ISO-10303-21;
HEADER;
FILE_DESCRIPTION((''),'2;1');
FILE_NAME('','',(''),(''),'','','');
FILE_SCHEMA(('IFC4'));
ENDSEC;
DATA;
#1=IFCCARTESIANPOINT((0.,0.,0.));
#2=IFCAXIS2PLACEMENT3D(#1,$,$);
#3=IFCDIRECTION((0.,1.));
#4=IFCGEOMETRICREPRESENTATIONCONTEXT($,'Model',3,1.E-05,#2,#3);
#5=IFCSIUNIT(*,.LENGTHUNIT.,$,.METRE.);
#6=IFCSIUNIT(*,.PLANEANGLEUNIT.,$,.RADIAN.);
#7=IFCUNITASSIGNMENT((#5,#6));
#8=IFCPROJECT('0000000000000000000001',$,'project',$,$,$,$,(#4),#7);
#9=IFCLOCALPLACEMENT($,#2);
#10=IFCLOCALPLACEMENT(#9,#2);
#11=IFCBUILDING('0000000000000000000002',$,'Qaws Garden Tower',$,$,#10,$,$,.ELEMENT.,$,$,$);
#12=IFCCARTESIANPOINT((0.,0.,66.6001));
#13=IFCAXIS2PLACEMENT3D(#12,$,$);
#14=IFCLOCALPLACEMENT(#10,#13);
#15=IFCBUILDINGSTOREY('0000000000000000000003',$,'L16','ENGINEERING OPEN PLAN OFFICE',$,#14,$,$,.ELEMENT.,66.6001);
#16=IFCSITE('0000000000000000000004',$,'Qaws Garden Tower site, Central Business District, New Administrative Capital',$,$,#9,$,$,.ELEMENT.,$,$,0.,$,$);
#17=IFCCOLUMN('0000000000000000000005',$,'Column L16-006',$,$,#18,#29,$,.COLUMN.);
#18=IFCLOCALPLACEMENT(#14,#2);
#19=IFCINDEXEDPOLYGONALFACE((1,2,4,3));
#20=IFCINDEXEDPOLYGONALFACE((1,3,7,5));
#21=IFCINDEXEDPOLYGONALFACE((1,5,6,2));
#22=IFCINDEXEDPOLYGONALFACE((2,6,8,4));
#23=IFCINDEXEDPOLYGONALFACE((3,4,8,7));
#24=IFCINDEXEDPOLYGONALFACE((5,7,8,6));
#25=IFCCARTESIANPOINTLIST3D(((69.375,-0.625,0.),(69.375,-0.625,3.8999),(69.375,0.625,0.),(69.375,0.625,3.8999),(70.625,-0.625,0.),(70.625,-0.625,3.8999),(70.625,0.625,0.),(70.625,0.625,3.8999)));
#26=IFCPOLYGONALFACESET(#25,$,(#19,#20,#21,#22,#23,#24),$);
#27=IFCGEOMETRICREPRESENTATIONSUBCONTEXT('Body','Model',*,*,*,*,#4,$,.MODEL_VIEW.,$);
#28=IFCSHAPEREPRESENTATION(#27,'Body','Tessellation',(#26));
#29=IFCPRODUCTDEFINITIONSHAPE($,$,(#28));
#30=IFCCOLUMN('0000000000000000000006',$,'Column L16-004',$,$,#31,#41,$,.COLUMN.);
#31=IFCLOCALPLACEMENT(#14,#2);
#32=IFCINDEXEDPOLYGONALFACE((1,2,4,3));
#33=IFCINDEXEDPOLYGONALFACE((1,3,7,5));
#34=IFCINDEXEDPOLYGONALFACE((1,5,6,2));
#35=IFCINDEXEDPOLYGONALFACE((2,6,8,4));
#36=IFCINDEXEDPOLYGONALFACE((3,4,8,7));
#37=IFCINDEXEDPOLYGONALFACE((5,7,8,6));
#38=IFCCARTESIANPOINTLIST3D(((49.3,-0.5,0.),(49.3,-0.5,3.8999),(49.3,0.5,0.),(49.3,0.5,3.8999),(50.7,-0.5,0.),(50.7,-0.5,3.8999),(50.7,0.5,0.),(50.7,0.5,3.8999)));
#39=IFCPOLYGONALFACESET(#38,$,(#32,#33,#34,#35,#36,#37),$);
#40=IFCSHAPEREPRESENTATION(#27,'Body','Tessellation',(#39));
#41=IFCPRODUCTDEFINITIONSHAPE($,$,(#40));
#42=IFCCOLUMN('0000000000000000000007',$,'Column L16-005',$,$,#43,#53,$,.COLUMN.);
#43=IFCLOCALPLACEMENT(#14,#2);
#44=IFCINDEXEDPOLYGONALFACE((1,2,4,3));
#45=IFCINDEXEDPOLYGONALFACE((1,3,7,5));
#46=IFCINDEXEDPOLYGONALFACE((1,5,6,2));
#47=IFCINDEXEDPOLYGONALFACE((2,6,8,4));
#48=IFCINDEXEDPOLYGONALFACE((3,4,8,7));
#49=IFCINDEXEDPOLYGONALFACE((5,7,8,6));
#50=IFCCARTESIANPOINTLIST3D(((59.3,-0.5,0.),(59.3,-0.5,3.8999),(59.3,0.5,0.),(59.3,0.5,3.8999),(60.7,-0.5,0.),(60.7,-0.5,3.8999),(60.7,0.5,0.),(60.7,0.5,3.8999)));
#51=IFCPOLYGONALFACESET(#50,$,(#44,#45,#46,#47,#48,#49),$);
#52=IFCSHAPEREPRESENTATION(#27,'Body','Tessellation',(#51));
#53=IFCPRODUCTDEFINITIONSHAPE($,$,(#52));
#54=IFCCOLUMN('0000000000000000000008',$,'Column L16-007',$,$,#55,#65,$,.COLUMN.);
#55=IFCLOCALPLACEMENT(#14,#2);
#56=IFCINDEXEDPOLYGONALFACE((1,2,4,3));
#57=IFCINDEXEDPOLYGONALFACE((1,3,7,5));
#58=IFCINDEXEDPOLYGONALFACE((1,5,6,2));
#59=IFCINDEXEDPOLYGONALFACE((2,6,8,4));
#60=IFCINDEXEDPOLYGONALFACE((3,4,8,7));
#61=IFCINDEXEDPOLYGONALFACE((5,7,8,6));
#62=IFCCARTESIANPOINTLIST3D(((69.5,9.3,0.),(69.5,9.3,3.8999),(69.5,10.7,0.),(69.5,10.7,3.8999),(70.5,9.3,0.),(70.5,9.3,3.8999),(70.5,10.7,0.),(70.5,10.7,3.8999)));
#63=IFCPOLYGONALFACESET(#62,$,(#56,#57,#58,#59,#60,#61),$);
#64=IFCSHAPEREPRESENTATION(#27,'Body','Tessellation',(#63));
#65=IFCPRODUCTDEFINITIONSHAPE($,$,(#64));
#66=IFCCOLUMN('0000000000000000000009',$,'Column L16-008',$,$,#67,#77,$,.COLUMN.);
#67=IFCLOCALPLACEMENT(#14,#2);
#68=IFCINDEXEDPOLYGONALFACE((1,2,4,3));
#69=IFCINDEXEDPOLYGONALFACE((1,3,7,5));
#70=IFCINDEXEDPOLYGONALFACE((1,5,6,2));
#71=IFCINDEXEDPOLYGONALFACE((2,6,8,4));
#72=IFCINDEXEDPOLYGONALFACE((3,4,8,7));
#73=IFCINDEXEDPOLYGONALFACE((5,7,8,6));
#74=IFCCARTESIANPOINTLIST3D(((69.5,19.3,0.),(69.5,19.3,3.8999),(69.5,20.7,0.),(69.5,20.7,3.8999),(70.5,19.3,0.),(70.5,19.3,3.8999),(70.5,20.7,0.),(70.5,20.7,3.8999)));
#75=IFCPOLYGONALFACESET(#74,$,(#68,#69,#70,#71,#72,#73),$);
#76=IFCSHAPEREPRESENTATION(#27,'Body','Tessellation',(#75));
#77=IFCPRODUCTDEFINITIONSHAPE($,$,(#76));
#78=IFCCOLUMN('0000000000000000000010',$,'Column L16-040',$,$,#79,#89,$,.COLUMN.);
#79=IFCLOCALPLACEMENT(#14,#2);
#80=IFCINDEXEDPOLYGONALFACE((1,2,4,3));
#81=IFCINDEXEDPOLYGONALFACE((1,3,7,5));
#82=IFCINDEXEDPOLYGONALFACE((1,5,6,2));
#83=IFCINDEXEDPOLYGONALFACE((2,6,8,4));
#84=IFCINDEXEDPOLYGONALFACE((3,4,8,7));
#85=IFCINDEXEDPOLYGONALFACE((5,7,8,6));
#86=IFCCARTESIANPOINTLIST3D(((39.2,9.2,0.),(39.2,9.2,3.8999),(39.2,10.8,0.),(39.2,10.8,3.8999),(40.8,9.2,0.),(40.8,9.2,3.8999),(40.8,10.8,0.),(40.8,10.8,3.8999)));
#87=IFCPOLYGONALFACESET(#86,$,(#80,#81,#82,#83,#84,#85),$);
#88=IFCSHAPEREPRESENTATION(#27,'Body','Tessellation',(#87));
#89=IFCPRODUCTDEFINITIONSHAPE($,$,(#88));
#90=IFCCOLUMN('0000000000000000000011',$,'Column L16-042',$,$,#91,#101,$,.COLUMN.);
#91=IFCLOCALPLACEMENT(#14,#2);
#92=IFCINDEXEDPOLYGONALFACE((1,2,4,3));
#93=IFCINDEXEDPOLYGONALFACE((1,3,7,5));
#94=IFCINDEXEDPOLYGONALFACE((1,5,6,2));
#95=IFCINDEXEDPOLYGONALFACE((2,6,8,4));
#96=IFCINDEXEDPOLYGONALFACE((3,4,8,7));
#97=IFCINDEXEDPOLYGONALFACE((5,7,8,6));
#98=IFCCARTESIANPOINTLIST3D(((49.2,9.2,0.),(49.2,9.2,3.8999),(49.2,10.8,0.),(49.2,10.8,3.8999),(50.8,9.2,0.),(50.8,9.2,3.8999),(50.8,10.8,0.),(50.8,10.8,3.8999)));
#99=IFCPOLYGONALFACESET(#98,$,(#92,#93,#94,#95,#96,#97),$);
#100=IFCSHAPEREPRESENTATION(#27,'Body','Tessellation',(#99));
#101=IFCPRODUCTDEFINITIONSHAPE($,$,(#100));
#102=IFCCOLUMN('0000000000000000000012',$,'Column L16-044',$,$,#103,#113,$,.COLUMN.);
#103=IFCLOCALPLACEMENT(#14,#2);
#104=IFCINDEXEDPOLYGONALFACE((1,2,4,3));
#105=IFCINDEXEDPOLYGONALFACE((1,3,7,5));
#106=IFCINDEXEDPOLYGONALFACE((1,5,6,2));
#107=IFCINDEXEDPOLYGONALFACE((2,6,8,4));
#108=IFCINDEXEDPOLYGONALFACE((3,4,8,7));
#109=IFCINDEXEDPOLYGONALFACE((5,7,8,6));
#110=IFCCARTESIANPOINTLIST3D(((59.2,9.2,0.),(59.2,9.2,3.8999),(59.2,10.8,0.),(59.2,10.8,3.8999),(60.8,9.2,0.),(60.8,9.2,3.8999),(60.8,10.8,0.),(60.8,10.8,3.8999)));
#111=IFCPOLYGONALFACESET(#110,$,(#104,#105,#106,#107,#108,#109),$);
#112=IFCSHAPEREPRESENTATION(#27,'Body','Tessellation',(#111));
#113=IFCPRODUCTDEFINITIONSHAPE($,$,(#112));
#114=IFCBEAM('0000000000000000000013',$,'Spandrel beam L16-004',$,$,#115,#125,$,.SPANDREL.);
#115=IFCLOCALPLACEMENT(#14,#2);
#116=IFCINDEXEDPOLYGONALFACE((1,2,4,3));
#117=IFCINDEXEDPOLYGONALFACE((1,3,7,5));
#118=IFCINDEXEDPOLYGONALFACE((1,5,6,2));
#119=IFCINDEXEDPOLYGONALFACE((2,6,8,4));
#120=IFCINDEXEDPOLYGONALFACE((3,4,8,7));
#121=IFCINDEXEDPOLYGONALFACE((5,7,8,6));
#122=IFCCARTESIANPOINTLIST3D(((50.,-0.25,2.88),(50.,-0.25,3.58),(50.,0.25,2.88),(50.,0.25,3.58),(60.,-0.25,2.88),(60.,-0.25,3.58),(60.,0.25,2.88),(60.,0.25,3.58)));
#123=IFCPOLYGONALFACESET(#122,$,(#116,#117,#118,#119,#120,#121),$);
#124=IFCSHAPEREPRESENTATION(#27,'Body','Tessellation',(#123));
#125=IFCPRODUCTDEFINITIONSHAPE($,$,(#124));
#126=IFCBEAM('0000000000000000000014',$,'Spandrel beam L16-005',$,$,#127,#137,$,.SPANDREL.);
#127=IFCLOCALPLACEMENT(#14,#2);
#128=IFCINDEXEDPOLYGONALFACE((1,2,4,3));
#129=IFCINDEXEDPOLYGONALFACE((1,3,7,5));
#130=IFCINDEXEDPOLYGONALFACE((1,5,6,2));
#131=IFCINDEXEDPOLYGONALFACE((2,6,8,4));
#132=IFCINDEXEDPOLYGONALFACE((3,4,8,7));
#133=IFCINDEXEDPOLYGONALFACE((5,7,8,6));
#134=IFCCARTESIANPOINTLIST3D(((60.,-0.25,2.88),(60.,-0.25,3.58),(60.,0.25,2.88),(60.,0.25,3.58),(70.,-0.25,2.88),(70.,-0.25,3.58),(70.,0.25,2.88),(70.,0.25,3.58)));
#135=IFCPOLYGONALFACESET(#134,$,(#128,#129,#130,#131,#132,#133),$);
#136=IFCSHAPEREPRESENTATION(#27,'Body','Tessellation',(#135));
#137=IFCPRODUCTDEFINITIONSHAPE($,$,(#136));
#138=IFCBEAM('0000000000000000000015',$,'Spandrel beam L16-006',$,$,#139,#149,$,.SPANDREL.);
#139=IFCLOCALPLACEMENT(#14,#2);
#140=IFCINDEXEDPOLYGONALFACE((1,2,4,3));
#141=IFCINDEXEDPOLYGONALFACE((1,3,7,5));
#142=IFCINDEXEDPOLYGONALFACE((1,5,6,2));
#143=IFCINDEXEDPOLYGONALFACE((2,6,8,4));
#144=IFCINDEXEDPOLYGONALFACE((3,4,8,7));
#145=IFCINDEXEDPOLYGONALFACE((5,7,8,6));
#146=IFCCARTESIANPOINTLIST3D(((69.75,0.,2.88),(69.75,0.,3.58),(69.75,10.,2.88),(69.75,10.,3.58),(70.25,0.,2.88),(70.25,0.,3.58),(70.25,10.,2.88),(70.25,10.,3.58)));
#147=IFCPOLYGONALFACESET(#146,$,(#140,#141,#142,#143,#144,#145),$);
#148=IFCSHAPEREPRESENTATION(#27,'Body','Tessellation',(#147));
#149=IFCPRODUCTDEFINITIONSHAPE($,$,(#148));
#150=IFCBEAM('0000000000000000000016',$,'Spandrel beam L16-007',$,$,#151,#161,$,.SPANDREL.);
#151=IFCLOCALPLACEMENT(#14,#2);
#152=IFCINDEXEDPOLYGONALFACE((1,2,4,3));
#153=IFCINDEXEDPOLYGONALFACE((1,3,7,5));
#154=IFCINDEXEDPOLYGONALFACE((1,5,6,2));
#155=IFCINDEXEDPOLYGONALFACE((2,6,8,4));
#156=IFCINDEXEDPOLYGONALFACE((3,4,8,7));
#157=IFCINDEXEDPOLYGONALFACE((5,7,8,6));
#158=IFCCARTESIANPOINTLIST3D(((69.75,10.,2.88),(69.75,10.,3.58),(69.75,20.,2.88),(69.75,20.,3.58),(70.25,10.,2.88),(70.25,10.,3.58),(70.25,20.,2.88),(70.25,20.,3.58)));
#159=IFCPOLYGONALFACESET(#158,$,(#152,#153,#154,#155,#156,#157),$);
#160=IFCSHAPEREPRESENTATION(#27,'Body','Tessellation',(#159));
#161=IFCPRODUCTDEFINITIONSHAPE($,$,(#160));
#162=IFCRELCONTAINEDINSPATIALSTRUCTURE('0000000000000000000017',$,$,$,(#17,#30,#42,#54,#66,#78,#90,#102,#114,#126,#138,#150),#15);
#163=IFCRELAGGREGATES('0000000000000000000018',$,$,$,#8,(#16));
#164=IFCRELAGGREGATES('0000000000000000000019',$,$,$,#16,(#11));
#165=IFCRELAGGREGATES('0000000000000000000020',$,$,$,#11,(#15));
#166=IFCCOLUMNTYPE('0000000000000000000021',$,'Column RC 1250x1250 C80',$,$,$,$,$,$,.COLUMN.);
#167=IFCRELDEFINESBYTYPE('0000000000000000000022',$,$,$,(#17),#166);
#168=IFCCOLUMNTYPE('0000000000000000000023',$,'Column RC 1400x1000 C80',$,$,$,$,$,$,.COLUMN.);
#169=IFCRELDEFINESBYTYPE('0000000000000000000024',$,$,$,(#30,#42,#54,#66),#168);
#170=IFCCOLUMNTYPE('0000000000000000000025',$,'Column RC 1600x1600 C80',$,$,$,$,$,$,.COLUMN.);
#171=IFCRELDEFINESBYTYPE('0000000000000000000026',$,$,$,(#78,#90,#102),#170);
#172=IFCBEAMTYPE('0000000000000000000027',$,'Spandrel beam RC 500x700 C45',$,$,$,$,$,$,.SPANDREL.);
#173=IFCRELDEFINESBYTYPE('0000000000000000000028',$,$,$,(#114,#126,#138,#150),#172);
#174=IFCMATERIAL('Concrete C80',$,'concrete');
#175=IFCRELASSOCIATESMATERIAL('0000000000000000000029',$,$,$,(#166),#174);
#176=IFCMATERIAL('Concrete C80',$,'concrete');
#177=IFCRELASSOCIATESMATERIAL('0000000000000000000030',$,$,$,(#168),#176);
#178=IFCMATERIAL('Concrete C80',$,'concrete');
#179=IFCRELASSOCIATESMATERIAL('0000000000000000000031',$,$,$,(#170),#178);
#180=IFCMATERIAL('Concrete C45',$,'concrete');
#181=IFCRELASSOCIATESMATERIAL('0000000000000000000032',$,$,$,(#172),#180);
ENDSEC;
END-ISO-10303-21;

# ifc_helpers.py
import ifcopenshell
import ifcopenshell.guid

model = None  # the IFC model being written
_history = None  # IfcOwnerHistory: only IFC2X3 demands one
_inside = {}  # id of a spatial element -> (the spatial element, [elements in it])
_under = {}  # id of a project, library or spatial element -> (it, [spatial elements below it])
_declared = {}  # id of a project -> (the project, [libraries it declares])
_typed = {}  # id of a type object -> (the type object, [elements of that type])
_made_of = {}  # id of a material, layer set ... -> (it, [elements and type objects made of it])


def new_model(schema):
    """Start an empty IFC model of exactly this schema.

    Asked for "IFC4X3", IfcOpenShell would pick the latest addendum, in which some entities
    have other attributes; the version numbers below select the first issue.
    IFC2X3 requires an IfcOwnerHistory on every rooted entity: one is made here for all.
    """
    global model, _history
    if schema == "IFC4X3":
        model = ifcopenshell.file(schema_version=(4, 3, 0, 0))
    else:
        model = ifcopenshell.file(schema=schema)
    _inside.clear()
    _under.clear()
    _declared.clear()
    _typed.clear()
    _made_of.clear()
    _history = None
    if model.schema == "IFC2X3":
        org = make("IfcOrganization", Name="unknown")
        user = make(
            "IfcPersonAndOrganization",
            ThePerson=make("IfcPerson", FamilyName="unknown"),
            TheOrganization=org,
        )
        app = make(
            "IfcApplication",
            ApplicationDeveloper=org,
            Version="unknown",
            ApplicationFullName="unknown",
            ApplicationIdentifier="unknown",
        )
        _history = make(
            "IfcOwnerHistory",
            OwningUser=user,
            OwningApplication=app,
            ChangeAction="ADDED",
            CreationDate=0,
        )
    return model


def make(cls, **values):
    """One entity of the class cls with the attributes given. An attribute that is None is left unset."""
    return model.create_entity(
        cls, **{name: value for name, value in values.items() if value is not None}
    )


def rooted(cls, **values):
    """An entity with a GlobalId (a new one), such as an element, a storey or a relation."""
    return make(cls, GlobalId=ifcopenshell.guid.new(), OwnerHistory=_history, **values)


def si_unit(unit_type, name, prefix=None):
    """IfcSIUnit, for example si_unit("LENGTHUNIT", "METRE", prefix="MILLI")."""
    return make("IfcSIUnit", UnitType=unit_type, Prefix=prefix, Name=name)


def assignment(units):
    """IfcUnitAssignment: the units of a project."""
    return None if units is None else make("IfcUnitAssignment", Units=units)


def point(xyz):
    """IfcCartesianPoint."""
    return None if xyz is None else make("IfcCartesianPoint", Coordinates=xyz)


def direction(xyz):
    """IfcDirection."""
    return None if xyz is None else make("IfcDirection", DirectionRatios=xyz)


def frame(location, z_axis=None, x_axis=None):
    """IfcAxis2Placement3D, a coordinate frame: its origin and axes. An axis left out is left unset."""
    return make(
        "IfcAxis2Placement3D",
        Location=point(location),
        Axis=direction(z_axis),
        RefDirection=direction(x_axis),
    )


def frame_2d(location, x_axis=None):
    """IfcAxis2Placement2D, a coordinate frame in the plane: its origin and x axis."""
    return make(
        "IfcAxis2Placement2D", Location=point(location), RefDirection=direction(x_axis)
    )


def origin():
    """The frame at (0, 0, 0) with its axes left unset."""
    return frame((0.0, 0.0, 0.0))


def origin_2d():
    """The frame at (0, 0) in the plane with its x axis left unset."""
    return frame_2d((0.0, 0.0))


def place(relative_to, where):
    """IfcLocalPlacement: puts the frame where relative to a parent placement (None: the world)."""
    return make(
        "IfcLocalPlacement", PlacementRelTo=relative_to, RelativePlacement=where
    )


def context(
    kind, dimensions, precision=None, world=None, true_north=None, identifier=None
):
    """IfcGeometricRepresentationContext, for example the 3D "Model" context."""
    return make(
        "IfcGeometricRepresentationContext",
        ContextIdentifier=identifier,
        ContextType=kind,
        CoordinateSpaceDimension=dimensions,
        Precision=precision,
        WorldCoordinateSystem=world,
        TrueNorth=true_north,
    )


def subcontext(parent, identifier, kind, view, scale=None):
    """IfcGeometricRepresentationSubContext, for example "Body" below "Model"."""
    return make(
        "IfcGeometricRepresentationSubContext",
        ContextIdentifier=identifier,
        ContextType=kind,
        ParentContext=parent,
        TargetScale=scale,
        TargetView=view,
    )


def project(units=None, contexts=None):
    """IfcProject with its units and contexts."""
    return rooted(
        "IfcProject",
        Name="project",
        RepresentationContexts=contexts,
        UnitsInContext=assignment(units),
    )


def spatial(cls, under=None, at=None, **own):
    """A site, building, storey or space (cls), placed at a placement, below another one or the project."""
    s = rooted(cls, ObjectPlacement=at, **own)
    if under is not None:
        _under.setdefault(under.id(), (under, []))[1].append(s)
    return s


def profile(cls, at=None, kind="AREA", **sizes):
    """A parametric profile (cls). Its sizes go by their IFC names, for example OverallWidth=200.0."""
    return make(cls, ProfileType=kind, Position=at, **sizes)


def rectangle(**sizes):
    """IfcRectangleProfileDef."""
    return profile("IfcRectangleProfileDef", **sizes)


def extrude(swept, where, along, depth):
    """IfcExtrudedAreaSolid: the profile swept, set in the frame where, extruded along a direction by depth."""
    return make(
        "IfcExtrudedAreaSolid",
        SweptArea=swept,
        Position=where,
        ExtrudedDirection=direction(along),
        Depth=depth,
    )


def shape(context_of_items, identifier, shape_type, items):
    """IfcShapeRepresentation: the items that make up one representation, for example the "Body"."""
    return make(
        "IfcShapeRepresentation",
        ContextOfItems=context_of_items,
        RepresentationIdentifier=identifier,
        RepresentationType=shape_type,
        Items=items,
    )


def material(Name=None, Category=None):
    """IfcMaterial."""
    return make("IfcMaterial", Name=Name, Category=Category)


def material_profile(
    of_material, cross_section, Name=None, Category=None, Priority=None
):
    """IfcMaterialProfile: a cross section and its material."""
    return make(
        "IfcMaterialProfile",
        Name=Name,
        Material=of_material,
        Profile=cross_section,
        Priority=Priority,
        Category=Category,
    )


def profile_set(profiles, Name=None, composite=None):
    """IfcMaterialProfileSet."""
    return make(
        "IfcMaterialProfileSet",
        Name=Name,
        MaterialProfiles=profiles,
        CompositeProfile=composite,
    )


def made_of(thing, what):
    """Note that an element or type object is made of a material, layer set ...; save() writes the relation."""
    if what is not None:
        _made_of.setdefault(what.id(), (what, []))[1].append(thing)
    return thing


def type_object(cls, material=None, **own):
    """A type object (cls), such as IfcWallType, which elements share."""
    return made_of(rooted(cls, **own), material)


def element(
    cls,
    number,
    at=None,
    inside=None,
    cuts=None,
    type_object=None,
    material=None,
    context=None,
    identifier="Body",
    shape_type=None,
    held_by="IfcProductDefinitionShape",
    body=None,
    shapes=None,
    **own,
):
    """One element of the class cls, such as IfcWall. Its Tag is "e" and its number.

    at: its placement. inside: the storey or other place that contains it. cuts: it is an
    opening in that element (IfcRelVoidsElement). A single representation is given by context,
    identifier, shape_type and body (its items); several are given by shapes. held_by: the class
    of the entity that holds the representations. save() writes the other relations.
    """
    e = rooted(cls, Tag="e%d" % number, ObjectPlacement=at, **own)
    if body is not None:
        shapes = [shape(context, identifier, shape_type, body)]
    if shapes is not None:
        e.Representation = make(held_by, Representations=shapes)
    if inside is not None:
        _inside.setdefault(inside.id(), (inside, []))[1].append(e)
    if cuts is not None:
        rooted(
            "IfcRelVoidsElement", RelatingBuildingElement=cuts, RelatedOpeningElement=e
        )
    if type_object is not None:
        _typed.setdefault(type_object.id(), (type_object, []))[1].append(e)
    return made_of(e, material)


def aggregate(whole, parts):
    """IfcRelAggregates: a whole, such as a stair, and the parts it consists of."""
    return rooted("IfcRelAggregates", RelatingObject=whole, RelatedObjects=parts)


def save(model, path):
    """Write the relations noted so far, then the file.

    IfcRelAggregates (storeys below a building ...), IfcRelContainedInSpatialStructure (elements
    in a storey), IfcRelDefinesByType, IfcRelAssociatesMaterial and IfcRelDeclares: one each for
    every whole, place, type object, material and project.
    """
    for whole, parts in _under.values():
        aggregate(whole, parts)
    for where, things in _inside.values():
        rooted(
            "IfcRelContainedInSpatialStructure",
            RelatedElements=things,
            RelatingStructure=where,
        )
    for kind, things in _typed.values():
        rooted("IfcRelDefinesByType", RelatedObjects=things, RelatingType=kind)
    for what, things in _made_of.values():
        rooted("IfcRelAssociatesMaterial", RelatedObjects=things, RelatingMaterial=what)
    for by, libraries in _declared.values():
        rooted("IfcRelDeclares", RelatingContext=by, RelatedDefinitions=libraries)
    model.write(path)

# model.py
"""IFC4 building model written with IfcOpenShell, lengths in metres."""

from ifc_helpers import new_model, si_unit, direction, frame, origin, origin_2d, place, context, subcontext, project, spatial, rectangle, extrude, material, material_profile, profile_set, type_object, element, save


model = new_model("IFC4")

# Units and contexts
model_context = context("Model", 3, precision=1e-05, world=origin(), true_north=direction((0.0, 1.0)))
body_context = subcontext(model_context, "Body", "Model", "MODEL_VIEW")
ifc_project = project(units=[si_unit("LENGTHUNIT", "METRE"), si_unit("PLANEANGLEUNIT", "RADIAN")], contexts=[model_context])

# Site, building, storey
site_placement = place(None, origin())
site = spatial("IfcSite", under=ifc_project, at=site_placement, Name="Qaws Garden Tower site, Central Business District, New Administrative Capital", CompositionType="ELEMENT", RefElevation=0.0)
building_placement = place(site_placement, origin())
building = spatial("IfcBuilding", under=site, at=building_placement, Name="Qaws Garden Tower", CompositionType="ELEMENT")
storey_placement = place(building_placement, frame((0.0, 0.0, 66.6001)))
storey = spatial("IfcBuildingStorey", under=building, at=storey_placement, Name="L16", Description="ENGINEERING OPEN PLAN OFFICE", CompositionType="ELEMENT", Elevation=66.6001)

# Columns
ifc_material_1 = material(Name="Concrete C80", Category="concrete")
ifc_material_profile_1 = material_profile(ifc_material_1, rectangle(XDim=1.25, YDim=1.25, at=origin_2d()), Name="RC 1250x1250")
ifc_profile_set_1 = profile_set([ifc_material_profile_1], Name="Concrete C80")
column_type_1 = type_object("IfcColumnType", Name="Column RC 1250x1250 C80", PredefinedType="COLUMN", material=ifc_profile_set_1)
column_placement = place(storey_placement, frame((70.0, 0.0, 0.0), z_axis=(0.0, 0.0, 1.0), x_axis=(1.0, 0.0, 0.0)))
element("IfcColumn", 1, at=column_placement, inside=storey, type_object=column_type_1, Name="Column L16-006", PredefinedType="COLUMN", context=body_context, shape_type="SweptSolid", body=[
    extrude(rectangle(XDim=1.25, YDim=1.25, at=origin_2d()), origin(), (0.0, 0.0, 1.0), 3.8999),
])
ifc_material_2 = material(Name="Concrete C80", Category="concrete")
ifc_material_profile_2 = material_profile(ifc_material_2, rectangle(XDim=1.3999, YDim=1.0, at=origin_2d()), Name="RC 1400x1000")
ifc_profile_set_2 = profile_set([ifc_material_profile_2], Name="Concrete C80")
column_type_2 = type_object("IfcColumnType", Name="Column RC 1400x1000 C80", PredefinedType="COLUMN", material=ifc_profile_set_2)
for number, where, z_axis, x_axis, name in (
    (2, (50.0, 0.0, 0.0), (0.0, 0.0, 1.0), (1.0, 0.0, 0.0), "Column L16-004"),
    (3, (60.0, 0.0, 0.0), (0.0, 0.0, 1.0), (1.0, 0.0, 0.0), "Column L16-005"),
    (4, (70.0, 10.0, 0.0), (0.0, 0.0, 1.0), (0.0, 1.0, 0.0), "Column L16-007"),
    (5, (70.0, 20.0, 0.0), (0.0, 0.0, 1.0), (0.0, 1.0, 0.0), "Column L16-008"),
):
    element("IfcColumn", number, at=place(storey_placement, frame(where, z_axis=z_axis, x_axis=x_axis)), inside=storey, type_object=column_type_2, Name=name, PredefinedType="COLUMN", context=body_context, shape_type="SweptSolid", body=[
        extrude(rectangle(XDim=1.3999, YDim=1.0, at=origin_2d()), origin(), (0.0, 0.0, 1.0), 3.8999),
    ])
ifc_material_3 = material(Name="Concrete C80", Category="concrete")
ifc_material_profile_3 = material_profile(ifc_material_3, rectangle(XDim=1.6001, YDim=1.6001, at=origin_2d()), Name="RC 1600x1600")
ifc_profile_set_3 = profile_set([ifc_material_profile_3], Name="Concrete C80")
column_type_3 = type_object("IfcColumnType", Name="Column RC 1600x1600 C80", PredefinedType="COLUMN", material=ifc_profile_set_3)
for number, where, z_axis, x_axis, name in (
    (6, (40.0, 10.0, 0.0), (0.0, 0.0, 1.0), (1.0, 0.0, 0.0), "Column L16-040"),
    (7, (50.0, 10.0, 0.0), (0.0, 0.0, 1.0), (1.0, 0.0, 0.0), "Column L16-042"),
    (8, (60.0, 10.0, 0.0), (0.0, 0.0, 1.0), (1.0, 0.0, 0.0), "Column L16-044"),
):
    element("IfcColumn", number, at=place(storey_placement, frame(where, z_axis=z_axis, x_axis=x_axis)), inside=storey, type_object=column_type_3, Name=name, PredefinedType="COLUMN", context=body_context, shape_type="SweptSolid", body=[
        extrude(rectangle(XDim=1.6001, YDim=1.6001, at=origin_2d()), origin(), (0.0, 0.0, 1.0), 3.8999),
    ])

# Beams
ifc_material_4 = material(Name="Concrete C45", Category="concrete")
ifc_material_profile_4 = material_profile(ifc_material_4, rectangle(XDim=0.5, YDim=0.7, at=origin_2d()), Name="RC 500x700")
ifc_profile_set_4 = profile_set([ifc_material_profile_4], Name="Concrete C45")
beam_type = type_object("IfcBeamType", Name="Spandrel beam RC 500x700 C45", PredefinedType="SPANDREL", material=ifc_profile_set_4)
for number, where, z_axis, x_axis, name in (
    (9, (50.0, 0.0, 3.23), (1.0, 0.0, 0.0), (0.0, 1.0, 0.0), "Spandrel beam L16-004"),
    (10, (60.0, 0.0, 3.23), (1.0, 0.0, 0.0), (0.0, 1.0, 0.0), "Spandrel beam L16-005"),
    (11, (70.0, 0.0, 3.23), (0.0, 1.0, 0.0), (-1.0, 0.0, 0.0), "Spandrel beam L16-006"),
    (12, (70.0, 10.0, 3.23), (0.0, 1.0, 0.0), (-1.0, 0.0, 0.0), "Spandrel beam L16-007"),
):
    element("IfcBeam", number, at=place(storey_placement, frame(where, z_axis=z_axis, x_axis=x_axis)), inside=storey, type_object=beam_type, Name=name, PredefinedType="SPANDREL", context=body_context, shape_type="SweptSolid", body=[
        extrude(rectangle(XDim=0.5, YDim=0.7, at=origin_2d()), origin(), (0.0, 0.0, 1.0), 10.0),
    ])

save(model, "model.ifc")
